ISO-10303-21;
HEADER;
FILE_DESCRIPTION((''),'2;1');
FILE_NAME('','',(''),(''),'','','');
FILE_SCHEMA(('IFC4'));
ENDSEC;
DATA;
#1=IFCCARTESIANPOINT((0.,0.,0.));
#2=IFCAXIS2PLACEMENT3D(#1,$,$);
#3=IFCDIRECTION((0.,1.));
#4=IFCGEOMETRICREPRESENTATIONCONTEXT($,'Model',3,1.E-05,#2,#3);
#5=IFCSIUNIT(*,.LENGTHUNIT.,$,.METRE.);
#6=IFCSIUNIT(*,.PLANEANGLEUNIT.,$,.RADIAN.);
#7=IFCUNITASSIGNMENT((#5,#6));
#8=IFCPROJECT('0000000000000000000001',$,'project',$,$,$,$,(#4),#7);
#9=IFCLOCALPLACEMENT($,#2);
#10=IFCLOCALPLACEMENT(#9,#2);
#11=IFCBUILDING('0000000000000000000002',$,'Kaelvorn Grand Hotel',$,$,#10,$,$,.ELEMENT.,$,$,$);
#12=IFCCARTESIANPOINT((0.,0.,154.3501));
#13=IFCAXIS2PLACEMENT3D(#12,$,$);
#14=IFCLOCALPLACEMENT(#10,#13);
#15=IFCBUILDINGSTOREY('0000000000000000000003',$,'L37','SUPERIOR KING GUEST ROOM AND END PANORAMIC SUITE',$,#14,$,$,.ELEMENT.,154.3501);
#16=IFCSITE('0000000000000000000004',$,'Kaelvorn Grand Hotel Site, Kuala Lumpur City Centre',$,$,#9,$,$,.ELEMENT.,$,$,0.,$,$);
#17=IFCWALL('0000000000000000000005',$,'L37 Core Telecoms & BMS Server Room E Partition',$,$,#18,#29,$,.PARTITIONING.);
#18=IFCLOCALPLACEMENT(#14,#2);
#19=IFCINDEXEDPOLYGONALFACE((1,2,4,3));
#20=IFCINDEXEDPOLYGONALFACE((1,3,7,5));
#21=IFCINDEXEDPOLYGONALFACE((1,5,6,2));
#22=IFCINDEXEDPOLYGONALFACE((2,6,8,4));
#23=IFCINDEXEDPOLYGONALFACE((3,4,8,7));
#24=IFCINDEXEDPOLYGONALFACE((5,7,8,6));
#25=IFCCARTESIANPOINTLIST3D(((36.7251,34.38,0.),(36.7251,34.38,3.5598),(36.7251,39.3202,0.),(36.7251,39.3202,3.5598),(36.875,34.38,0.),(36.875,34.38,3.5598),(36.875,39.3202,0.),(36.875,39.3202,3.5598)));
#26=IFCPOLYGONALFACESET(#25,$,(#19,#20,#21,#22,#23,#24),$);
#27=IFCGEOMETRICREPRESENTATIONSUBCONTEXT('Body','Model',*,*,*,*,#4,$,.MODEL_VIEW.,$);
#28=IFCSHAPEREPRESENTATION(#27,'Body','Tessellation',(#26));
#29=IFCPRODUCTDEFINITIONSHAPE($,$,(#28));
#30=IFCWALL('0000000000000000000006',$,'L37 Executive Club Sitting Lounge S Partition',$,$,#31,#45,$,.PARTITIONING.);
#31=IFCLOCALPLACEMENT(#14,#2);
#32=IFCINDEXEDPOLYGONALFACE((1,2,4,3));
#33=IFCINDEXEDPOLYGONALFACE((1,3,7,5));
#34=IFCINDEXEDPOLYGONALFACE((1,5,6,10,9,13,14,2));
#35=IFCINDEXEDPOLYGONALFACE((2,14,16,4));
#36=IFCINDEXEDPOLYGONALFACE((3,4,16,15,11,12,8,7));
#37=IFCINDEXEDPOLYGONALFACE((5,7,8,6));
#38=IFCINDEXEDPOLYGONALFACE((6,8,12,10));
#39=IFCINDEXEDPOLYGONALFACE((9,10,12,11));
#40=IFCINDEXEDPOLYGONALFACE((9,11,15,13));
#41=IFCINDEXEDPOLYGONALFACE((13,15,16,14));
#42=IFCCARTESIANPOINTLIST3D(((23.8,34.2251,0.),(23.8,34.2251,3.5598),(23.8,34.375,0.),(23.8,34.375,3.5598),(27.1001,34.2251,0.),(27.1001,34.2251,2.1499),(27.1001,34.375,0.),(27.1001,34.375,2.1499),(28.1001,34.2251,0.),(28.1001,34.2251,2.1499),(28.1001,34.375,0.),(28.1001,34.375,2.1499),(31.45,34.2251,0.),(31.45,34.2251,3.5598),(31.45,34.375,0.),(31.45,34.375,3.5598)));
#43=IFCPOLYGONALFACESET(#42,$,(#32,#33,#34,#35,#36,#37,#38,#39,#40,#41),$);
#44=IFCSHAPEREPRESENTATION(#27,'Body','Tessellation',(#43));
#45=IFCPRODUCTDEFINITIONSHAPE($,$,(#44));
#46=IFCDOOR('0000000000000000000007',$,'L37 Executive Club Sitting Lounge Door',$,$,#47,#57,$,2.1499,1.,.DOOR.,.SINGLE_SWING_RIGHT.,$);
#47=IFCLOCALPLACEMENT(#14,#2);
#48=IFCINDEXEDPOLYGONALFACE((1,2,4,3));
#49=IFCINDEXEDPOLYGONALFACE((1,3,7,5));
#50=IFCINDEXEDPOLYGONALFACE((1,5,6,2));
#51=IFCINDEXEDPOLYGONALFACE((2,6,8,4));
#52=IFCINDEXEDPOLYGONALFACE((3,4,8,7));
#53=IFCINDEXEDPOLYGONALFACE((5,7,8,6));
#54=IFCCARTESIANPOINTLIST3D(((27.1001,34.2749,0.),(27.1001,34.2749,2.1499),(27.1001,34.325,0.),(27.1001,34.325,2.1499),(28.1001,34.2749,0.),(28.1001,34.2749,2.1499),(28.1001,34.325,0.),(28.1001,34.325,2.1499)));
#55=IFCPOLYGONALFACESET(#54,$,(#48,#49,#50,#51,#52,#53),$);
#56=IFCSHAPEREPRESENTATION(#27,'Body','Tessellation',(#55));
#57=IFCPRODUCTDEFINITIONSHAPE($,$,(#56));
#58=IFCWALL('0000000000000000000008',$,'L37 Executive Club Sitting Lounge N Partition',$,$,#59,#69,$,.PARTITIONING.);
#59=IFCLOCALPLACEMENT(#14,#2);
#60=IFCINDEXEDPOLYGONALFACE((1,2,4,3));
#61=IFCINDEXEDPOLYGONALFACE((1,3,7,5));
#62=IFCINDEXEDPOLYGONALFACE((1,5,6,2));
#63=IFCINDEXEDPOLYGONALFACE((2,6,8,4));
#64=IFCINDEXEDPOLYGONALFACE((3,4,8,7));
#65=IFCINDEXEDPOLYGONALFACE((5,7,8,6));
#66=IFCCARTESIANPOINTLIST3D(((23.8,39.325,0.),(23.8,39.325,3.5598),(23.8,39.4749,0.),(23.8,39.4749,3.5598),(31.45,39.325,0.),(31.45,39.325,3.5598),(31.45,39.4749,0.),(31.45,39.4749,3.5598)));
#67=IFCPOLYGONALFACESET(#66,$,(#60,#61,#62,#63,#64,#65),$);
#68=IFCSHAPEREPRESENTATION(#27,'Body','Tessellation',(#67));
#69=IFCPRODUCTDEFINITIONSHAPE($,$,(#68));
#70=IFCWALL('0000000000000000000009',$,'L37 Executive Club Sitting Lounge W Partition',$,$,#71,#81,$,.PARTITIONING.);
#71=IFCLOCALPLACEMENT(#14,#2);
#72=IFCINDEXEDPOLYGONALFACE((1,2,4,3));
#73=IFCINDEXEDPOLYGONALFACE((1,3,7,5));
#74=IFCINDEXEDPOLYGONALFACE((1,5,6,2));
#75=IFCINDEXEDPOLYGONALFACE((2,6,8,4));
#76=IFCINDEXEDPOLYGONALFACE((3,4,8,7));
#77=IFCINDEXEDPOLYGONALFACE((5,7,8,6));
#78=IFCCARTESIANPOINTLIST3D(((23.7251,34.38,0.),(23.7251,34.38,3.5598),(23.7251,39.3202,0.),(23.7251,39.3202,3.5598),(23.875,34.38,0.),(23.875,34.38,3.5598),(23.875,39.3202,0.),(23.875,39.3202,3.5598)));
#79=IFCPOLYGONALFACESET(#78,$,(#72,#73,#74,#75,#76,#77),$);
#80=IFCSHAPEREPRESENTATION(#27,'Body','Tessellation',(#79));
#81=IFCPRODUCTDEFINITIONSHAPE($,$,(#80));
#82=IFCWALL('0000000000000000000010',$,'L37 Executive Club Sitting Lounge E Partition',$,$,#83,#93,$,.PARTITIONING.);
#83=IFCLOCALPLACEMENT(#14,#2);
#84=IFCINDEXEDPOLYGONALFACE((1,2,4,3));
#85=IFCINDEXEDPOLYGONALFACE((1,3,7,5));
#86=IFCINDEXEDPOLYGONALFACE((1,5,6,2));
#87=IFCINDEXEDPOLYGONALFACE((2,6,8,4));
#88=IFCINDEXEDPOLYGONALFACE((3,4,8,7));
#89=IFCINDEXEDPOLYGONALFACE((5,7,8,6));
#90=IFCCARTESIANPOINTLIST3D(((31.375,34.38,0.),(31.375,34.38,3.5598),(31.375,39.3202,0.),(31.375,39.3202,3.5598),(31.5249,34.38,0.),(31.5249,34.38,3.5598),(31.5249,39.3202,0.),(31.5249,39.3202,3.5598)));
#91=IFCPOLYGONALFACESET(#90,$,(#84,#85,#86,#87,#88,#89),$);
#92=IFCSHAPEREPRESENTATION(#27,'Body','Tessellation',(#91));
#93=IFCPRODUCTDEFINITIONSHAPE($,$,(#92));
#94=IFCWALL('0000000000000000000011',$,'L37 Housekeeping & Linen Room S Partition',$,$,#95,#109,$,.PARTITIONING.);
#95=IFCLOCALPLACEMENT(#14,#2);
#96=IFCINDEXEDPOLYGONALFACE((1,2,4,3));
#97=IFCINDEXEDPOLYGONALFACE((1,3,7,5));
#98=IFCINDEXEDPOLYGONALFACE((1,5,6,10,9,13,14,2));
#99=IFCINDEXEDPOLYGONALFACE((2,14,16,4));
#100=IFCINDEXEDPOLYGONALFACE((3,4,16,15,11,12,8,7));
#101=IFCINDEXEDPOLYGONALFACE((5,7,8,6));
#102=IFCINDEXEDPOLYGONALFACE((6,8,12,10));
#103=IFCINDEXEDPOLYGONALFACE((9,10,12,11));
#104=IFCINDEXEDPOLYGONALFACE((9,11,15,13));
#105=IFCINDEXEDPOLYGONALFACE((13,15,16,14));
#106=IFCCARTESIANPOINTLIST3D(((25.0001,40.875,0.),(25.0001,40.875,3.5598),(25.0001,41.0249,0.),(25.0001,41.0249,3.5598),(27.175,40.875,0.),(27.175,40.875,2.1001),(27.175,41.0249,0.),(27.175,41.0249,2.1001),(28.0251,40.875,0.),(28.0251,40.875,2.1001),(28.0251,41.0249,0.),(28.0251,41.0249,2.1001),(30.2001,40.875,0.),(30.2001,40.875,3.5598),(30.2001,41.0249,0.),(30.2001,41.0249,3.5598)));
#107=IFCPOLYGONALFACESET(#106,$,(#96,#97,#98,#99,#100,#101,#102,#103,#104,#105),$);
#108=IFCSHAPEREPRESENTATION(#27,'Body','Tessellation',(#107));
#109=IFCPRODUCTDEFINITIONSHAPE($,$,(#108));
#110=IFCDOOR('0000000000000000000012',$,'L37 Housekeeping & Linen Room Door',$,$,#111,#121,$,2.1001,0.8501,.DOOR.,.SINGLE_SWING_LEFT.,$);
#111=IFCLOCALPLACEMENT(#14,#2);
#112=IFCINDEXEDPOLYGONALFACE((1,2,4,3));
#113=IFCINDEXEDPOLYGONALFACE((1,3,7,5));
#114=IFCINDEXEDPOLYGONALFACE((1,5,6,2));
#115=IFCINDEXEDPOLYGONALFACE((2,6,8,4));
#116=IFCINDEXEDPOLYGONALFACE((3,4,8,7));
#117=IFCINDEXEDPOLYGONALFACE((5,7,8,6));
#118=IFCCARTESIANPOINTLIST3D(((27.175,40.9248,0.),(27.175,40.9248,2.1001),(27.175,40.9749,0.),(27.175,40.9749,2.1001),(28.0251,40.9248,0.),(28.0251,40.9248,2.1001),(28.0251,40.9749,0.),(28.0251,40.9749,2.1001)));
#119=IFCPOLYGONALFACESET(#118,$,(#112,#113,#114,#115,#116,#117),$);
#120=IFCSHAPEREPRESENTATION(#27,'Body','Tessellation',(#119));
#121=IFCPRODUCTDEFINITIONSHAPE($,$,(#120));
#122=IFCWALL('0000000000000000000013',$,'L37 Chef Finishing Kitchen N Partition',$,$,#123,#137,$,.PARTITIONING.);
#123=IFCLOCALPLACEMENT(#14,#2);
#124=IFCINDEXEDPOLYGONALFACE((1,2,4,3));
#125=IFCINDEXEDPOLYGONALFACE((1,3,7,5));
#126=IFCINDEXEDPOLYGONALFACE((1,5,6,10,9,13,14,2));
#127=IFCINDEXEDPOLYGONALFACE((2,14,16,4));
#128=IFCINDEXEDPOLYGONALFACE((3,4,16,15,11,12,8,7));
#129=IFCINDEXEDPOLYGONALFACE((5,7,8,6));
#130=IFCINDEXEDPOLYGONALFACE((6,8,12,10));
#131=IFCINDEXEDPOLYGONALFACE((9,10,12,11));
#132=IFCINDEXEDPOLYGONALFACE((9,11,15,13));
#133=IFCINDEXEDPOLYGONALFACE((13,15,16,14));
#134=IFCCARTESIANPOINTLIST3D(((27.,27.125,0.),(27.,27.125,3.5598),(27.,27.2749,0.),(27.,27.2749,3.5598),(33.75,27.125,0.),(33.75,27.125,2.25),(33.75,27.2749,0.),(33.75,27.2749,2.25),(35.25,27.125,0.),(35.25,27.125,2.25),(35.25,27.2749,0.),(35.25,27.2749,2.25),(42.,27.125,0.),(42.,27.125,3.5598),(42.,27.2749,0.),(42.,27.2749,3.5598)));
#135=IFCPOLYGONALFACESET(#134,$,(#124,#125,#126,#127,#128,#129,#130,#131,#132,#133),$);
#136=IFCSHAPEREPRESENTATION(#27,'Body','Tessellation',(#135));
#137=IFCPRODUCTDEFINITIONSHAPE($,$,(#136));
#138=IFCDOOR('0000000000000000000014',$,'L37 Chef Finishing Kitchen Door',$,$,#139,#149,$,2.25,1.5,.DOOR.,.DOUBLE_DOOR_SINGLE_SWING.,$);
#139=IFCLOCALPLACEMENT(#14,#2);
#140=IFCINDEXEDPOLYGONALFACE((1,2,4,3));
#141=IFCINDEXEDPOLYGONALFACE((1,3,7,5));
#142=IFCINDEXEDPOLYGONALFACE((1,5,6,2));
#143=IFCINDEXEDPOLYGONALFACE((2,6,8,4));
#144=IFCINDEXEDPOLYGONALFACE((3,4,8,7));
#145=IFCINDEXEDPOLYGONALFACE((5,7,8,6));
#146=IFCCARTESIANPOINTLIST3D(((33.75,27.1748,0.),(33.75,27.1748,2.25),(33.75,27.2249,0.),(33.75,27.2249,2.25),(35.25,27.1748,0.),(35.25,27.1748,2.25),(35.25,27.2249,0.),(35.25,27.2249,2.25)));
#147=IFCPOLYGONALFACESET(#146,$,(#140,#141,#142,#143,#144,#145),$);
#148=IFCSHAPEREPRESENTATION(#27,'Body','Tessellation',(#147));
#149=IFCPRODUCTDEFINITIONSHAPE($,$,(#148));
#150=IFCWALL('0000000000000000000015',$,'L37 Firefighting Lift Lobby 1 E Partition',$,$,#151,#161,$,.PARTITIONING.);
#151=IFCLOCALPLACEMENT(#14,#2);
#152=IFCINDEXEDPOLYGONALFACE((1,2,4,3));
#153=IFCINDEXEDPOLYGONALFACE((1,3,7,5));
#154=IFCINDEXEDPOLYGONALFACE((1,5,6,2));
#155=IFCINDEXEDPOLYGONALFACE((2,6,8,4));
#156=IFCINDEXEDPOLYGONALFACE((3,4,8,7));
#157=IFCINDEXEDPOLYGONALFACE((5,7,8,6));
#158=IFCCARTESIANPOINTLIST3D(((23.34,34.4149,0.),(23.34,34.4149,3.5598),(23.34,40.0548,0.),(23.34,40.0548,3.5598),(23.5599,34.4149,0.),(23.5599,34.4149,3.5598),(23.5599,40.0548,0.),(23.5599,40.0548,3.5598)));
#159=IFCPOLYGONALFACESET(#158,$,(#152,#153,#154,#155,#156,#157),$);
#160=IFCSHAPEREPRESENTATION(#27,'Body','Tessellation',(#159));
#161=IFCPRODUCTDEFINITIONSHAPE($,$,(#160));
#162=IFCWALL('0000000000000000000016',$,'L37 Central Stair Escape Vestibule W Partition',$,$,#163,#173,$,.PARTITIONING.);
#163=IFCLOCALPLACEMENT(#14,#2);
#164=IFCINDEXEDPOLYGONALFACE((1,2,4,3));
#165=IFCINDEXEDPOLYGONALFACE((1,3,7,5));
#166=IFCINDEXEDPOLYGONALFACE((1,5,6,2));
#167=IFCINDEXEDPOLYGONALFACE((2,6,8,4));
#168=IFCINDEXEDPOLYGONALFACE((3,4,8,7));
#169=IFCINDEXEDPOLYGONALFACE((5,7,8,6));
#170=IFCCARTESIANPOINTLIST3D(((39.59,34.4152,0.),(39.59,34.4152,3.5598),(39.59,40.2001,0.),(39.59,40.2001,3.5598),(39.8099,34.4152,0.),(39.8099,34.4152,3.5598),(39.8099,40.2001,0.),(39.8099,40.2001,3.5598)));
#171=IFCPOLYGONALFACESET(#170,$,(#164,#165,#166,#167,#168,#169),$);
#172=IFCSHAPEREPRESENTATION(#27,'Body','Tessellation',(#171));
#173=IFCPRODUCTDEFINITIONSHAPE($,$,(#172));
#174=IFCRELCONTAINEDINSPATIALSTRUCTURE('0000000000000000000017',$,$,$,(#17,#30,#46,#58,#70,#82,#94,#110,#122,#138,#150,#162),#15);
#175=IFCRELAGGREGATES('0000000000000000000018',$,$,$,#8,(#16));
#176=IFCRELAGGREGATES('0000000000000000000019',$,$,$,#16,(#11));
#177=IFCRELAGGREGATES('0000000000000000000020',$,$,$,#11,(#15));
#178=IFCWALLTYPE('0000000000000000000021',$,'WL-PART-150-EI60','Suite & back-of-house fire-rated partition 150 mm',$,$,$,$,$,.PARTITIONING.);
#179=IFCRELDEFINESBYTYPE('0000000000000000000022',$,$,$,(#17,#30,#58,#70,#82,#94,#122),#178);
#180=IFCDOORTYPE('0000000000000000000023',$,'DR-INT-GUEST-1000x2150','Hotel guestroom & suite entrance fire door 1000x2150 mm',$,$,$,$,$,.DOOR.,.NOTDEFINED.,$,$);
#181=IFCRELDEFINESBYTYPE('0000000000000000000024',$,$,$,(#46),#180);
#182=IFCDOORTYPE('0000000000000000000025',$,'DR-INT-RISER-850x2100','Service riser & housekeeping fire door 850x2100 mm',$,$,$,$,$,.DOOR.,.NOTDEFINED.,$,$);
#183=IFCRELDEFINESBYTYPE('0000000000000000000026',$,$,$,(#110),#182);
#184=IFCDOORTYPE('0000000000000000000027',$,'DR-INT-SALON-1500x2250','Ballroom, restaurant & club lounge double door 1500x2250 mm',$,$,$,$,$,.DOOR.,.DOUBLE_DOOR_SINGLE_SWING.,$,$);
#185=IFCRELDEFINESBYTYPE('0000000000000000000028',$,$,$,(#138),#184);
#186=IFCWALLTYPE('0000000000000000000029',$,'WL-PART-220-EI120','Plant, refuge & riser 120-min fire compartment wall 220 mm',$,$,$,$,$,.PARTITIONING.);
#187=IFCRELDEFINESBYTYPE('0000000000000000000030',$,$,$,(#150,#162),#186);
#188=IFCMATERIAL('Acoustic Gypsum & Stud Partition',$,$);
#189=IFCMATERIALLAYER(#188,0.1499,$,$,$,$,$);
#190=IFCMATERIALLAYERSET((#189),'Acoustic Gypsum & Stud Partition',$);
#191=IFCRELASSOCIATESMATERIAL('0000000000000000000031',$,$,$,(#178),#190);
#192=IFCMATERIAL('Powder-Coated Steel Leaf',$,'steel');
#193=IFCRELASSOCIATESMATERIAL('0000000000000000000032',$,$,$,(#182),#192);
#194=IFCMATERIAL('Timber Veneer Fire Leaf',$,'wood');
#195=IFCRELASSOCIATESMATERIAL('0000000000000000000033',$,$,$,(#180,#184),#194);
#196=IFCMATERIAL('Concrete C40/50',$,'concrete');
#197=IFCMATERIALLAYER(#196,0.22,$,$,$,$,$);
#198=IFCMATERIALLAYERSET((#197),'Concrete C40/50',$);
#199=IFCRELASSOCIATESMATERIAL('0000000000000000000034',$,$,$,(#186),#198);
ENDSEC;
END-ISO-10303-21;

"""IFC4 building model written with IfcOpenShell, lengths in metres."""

from ifc_helpers import new_model, si_unit, direction, frame, frame_2d, origin, place, context, subcontext, project, spatial, rectangle, extrude, material, layer, layer_set, type_object, element, fill, save


model = new_model("IFC4")

# Units and contexts
model_context = context("Model", 3, precision=1e-05, world=origin(), true_north=direction((0.0, 1.0)))
body_context = subcontext(model_context, "Body", "Model", "MODEL_VIEW")
ifc_project = project(units=[si_unit("LENGTHUNIT", "METRE"), si_unit("PLANEANGLEUNIT", "RADIAN")], contexts=[model_context])

# Site, building, storey
site_placement = place(None, origin())
site = spatial("IfcSite", under=ifc_project, at=site_placement, Name="Kaelvorn Grand Hotel Site, Kuala Lumpur City Centre", CompositionType="ELEMENT", RefElevation=0.0)
building_placement = place(site_placement, origin())
building = spatial("IfcBuilding", under=site, at=building_placement, Name="Kaelvorn Grand Hotel", CompositionType="ELEMENT")
storey_placement = place(building_placement, frame((0.0, 0.0, 154.3501)))
storey = spatial("IfcBuildingStorey", under=building, at=storey_placement, Name="L37", Description="SUPERIOR KING GUEST ROOM AND END PANORAMIC SUITE", CompositionType="ELEMENT", Elevation=154.3501)

# Shared definitions
ifc_material_1 = material(Name="Acoustic Gypsum & Stud Partition")
ifc_layer_1 = layer(ifc_material_1, 0.1499)
ifc_layer_set_1 = layer_set([ifc_layer_1], Name="Acoustic Gypsum & Stud Partition")
wall_type_1 = type_object("IfcWallType", Name="WL-PART-150-EI60", Description="Suite & back-of-house fire-rated partition 150 mm", PredefinedType="PARTITIONING", material=ifc_layer_set_1)
ifc_material_2 = material(Name="Powder-Coated Steel Leaf", Category="steel")
door_type_1 = type_object("IfcDoorType", Name="DR-INT-RISER-850x2100", Description="Service riser & housekeeping fire door 850x2100 mm", OperationType="NOTDEFINED", PredefinedType="DOOR", material=ifc_material_2)

# Wall
for number, where, z_axis, x_axis, name in (
    (1, (36.8, 34.3799, 0.0), (0.0, 0.0, 1.0), (0.0, 1.0, 0.0), "L37 Core Telecoms & BMS Server Room E Partition"),
):
    element("IfcWall", number, at=place(storey_placement, frame(where, z_axis=z_axis, x_axis=x_axis)), inside=storey, type_object=wall_type_1, Name=name, PredefinedType="PARTITIONING", context=body_context, shape_type="SweptSolid", body=[
        extrude(rectangle(XDim=4.9402, YDim=0.1499, at=frame_2d((2.4702, 0.0))), origin(), (0.0, 0.0, 1.0), 3.5598),
    ])

# Wall, opening, door
wall_1_placement = place(storey_placement, frame((23.8, 34.3, 0.0), z_axis=(0.0, 0.0, 1.0), x_axis=(1.0, 0.0, 0.0)))
wall_1 = element("IfcWall", 2, at=wall_1_placement, inside=storey, type_object=wall_type_1, Name="L37 Executive Club Sitting Lounge S Partition", PredefinedType="PARTITIONING", context=body_context, shape_type="SweptSolid", body=[
    extrude(rectangle(XDim=7.6499, YDim=0.1499, at=frame_2d((3.825, 0.0))), origin(), (0.0, 0.0, 1.0), 3.5598),
])
opening_1_placement = place(wall_1_placement, frame((3.3, 0.0, 0.0)))
opening_1 = element("IfcOpeningElement", 3, at=opening_1_placement, cuts=wall_1, PredefinedType="OPENING", context=body_context, shape_type="SweptSolid", body=[
    extrude(rectangle(XDim=1.0, YDim=2.1499, at=frame_2d((0.5, 1.075))), frame((0.0, 0.085, 0.0), z_axis=(0.0, -1.0, 0.0), x_axis=(1.0, 0.0, 0.0)), (0.0, 0.0, 1.0), 0.1699),
])
ifc_material_3 = material(Name="Timber Veneer Fire Leaf", Category="wood")
door_type_2 = type_object("IfcDoorType", Name="DR-INT-GUEST-1000x2150", Description="Hotel guestroom & suite entrance fire door 1000x2150 mm", OperationType="NOTDEFINED", PredefinedType="DOOR", material=ifc_material_3)
door_1_placement = place(opening_1_placement, origin())
door_1 = element("IfcDoor", 4, at=door_1_placement, inside=storey, type_object=door_type_2, Name="L37 Executive Club Sitting Lounge Door", OperationType="SINGLE_SWING_RIGHT", OverallHeight=2.1499, OverallWidth=1.0, PredefinedType="DOOR", context=body_context, shape_type="SweptSolid", body=[
    extrude(rectangle(XDim=1.0, YDim=2.1499, at=frame_2d((0.5, 1.075))), frame((0.0, 0.0249, 0.0), z_axis=(0.0, -1.0, 0.0), x_axis=(1.0, 0.0, 0.0)), (0.0, 0.0, 1.0), 0.05),
])
fill(opening_1, door_1)

# Walls
wall_2_placement = place(storey_placement, frame((23.8, 39.3999, 0.0), z_axis=(0.0, 0.0, 1.0), x_axis=(1.0, 0.0, 0.0)))
element("IfcWall", 5, at=wall_2_placement, inside=storey, type_object=wall_type_1, Name="L37 Executive Club Sitting Lounge N Partition", PredefinedType="PARTITIONING", context=body_context, shape_type="SweptSolid", body=[
    extrude(rectangle(XDim=7.6499, YDim=0.1499, at=frame_2d((3.825, 0.0))), origin(), (0.0, 0.0, 1.0), 3.5598),
])
for number, where, z_axis, x_axis, name in (
    (6, (23.8, 34.3799, 0.0), (0.0, 0.0, 1.0), (0.0, 1.0, 0.0), "L37 Executive Club Sitting Lounge W Partition"),
    (7, (31.45, 34.3799, 0.0), (0.0, 0.0, 1.0), (0.0, 1.0, 0.0), "L37 Executive Club Sitting Lounge E Partition"),
):
    element("IfcWall", number, at=place(storey_placement, frame(where, z_axis=z_axis, x_axis=x_axis)), inside=storey, type_object=wall_type_1, Name=name, PredefinedType="PARTITIONING", context=body_context, shape_type="SweptSolid", body=[
        extrude(rectangle(XDim=4.9402, YDim=0.1499, at=frame_2d((2.4702, 0.0))), origin(), (0.0, 0.0, 1.0), 3.5598),
    ])

# Walls, openings, doors
wall_3_placement = place(storey_placement, frame((25.0, 40.95, 0.0), z_axis=(0.0, 0.0, 1.0), x_axis=(1.0, 0.0, 0.0)))
wall_3 = element("IfcWall", 8, at=wall_3_placement, inside=storey, type_object=wall_type_1, Name="L37 Housekeeping & Linen Room S Partition", PredefinedType="PARTITIONING", context=body_context, shape_type="SweptSolid", body=[
    extrude(rectangle(XDim=5.2, YDim=0.1499, at=frame_2d((2.6001, 0.0))), origin(), (0.0, 0.0, 1.0), 3.5598),
])
opening_2_placement = place(wall_3_placement, frame((2.175, 0.0, 0.0)))
opening_2 = element("IfcOpeningElement", 9, at=opening_2_placement, cuts=wall_3, PredefinedType="OPENING", context=body_context, shape_type="SweptSolid", body=[
    extrude(rectangle(XDim=0.8501, YDim=2.1001, at=frame_2d((0.425, 1.05))), frame((0.0, 0.085, 0.0), z_axis=(0.0, -1.0, 0.0), x_axis=(1.0, 0.0, 0.0)), (0.0, 0.0, 1.0), 0.1699),
])
door_2_placement = place(opening_2_placement, origin())
door_2 = element("IfcDoor", 10, at=door_2_placement, inside=storey, type_object=door_type_1, Name="L37 Housekeeping & Linen Room Door", OperationType="SINGLE_SWING_LEFT", OverallHeight=2.1001, OverallWidth=0.8501, PredefinedType="DOOR", context=body_context, shape_type="SweptSolid", body=[
    extrude(rectangle(XDim=0.8501, YDim=2.1001, at=frame_2d((0.425, 1.05))), frame((0.0, 0.0249, 0.0), z_axis=(0.0, -1.0, 0.0), x_axis=(1.0, 0.0, 0.0)), (0.0, 0.0, 1.0), 0.05),
])
fill(opening_2, door_2)
wall_4_placement = place(storey_placement, frame((27.0, 27.2, 0.0), z_axis=(0.0, 0.0, 1.0), x_axis=(1.0, 0.0, 0.0)))
wall_4 = element("IfcWall", 11, at=wall_4_placement, inside=storey, type_object=wall_type_1, Name="L37 Chef Finishing Kitchen N Partition", PredefinedType="PARTITIONING", context=body_context, shape_type="SweptSolid", body=[
    extrude(rectangle(XDim=15.0, YDim=0.1499, at=frame_2d((7.5, 0.0))), origin(), (0.0, 0.0, 1.0), 3.5598),
])
opening_3_placement = place(wall_4_placement, frame((6.75, 0.0, 0.0)))
opening_3 = element("IfcOpeningElement", 12, at=opening_3_placement, cuts=wall_4, PredefinedType="OPENING", context=body_context, shape_type="SweptSolid", body=[
    extrude(rectangle(XDim=1.5, YDim=2.25, at=frame_2d((0.75, 1.125))), frame((0.0, 0.085, 0.0), z_axis=(0.0, -1.0, 0.0), x_axis=(1.0, 0.0, 0.0)), (0.0, 0.0, 1.0), 0.1699),
])
door_type_3 = type_object("IfcDoorType", Name="DR-INT-SALON-1500x2250", Description="Ballroom, restaurant & club lounge double door 1500x2250 mm", OperationType="DOUBLE_DOOR_SINGLE_SWING", PredefinedType="DOOR", material=ifc_material_3)
door_3_placement = place(opening_3_placement, origin())
door_3 = element("IfcDoor", 13, at=door_3_placement, inside=storey, type_object=door_type_3, Name="L37 Chef Finishing Kitchen Door", OperationType="DOUBLE_DOOR_SINGLE_SWING", OverallHeight=2.25, OverallWidth=1.5, PredefinedType="DOOR", context=body_context, shape_type="SweptSolid", body=[
    extrude(rectangle(XDim=1.5, YDim=2.25, at=frame_2d((0.75, 1.125))), frame((0.0, 0.0249, 0.0), z_axis=(0.0, -1.0, 0.0), x_axis=(1.0, 0.0, 0.0)), (0.0, 0.0, 1.0), 0.05),
])
fill(opening_3, door_3)

# Wall
ifc_material_4 = material(Name="Concrete C40/50", Category="concrete")
ifc_layer_2 = layer(ifc_material_4, 0.22)
ifc_layer_set_2 = layer_set([ifc_layer_2], Name="Concrete C40/50")
wall_type_2 = type_object("IfcWallType", Name="WL-PART-220-EI120", Description="Plant, refuge & riser 120-min fire compartment wall 220 mm", PredefinedType="PARTITIONING", material=ifc_layer_set_2)
wall_5_placement = place(storey_placement, frame((23.45, 34.415, 0.0), z_axis=(0.0, 0.0, 1.0), x_axis=(0.0, 1.0, 0.0)))
element("IfcWall", 14, at=wall_5_placement, inside=storey, type_object=wall_type_2, Name="L37 Firefighting Lift Lobby 1 E Partition", PredefinedType="PARTITIONING", context=body_context, shape_type="SweptSolid", body=[
    extrude(rectangle(XDim=5.6399, YDim=0.22, at=frame_2d((2.8198, 0.0))), origin(), (0.0, 0.0, 1.0), 3.5598),
])

# Wall
wall_6_placement = place(storey_placement, frame((39.7, 34.415, 0.0), z_axis=(0.0, 0.0, 1.0), x_axis=(0.0, 1.0, 0.0)))
element("IfcWall", 15, at=wall_6_placement, inside=storey, type_object=wall_type_2, Name="L37 Central Stair Escape Vestibule W Partition", PredefinedType="PARTITIONING", context=body_context, shape_type="SweptSolid", body=[
    extrude(rectangle(XDim=5.7849, YDim=0.22, at=frame_2d((2.8926, 0.0))), origin(), (0.0, 0.0, 1.0), 3.5598),
])

save(model, "model.ifc")
